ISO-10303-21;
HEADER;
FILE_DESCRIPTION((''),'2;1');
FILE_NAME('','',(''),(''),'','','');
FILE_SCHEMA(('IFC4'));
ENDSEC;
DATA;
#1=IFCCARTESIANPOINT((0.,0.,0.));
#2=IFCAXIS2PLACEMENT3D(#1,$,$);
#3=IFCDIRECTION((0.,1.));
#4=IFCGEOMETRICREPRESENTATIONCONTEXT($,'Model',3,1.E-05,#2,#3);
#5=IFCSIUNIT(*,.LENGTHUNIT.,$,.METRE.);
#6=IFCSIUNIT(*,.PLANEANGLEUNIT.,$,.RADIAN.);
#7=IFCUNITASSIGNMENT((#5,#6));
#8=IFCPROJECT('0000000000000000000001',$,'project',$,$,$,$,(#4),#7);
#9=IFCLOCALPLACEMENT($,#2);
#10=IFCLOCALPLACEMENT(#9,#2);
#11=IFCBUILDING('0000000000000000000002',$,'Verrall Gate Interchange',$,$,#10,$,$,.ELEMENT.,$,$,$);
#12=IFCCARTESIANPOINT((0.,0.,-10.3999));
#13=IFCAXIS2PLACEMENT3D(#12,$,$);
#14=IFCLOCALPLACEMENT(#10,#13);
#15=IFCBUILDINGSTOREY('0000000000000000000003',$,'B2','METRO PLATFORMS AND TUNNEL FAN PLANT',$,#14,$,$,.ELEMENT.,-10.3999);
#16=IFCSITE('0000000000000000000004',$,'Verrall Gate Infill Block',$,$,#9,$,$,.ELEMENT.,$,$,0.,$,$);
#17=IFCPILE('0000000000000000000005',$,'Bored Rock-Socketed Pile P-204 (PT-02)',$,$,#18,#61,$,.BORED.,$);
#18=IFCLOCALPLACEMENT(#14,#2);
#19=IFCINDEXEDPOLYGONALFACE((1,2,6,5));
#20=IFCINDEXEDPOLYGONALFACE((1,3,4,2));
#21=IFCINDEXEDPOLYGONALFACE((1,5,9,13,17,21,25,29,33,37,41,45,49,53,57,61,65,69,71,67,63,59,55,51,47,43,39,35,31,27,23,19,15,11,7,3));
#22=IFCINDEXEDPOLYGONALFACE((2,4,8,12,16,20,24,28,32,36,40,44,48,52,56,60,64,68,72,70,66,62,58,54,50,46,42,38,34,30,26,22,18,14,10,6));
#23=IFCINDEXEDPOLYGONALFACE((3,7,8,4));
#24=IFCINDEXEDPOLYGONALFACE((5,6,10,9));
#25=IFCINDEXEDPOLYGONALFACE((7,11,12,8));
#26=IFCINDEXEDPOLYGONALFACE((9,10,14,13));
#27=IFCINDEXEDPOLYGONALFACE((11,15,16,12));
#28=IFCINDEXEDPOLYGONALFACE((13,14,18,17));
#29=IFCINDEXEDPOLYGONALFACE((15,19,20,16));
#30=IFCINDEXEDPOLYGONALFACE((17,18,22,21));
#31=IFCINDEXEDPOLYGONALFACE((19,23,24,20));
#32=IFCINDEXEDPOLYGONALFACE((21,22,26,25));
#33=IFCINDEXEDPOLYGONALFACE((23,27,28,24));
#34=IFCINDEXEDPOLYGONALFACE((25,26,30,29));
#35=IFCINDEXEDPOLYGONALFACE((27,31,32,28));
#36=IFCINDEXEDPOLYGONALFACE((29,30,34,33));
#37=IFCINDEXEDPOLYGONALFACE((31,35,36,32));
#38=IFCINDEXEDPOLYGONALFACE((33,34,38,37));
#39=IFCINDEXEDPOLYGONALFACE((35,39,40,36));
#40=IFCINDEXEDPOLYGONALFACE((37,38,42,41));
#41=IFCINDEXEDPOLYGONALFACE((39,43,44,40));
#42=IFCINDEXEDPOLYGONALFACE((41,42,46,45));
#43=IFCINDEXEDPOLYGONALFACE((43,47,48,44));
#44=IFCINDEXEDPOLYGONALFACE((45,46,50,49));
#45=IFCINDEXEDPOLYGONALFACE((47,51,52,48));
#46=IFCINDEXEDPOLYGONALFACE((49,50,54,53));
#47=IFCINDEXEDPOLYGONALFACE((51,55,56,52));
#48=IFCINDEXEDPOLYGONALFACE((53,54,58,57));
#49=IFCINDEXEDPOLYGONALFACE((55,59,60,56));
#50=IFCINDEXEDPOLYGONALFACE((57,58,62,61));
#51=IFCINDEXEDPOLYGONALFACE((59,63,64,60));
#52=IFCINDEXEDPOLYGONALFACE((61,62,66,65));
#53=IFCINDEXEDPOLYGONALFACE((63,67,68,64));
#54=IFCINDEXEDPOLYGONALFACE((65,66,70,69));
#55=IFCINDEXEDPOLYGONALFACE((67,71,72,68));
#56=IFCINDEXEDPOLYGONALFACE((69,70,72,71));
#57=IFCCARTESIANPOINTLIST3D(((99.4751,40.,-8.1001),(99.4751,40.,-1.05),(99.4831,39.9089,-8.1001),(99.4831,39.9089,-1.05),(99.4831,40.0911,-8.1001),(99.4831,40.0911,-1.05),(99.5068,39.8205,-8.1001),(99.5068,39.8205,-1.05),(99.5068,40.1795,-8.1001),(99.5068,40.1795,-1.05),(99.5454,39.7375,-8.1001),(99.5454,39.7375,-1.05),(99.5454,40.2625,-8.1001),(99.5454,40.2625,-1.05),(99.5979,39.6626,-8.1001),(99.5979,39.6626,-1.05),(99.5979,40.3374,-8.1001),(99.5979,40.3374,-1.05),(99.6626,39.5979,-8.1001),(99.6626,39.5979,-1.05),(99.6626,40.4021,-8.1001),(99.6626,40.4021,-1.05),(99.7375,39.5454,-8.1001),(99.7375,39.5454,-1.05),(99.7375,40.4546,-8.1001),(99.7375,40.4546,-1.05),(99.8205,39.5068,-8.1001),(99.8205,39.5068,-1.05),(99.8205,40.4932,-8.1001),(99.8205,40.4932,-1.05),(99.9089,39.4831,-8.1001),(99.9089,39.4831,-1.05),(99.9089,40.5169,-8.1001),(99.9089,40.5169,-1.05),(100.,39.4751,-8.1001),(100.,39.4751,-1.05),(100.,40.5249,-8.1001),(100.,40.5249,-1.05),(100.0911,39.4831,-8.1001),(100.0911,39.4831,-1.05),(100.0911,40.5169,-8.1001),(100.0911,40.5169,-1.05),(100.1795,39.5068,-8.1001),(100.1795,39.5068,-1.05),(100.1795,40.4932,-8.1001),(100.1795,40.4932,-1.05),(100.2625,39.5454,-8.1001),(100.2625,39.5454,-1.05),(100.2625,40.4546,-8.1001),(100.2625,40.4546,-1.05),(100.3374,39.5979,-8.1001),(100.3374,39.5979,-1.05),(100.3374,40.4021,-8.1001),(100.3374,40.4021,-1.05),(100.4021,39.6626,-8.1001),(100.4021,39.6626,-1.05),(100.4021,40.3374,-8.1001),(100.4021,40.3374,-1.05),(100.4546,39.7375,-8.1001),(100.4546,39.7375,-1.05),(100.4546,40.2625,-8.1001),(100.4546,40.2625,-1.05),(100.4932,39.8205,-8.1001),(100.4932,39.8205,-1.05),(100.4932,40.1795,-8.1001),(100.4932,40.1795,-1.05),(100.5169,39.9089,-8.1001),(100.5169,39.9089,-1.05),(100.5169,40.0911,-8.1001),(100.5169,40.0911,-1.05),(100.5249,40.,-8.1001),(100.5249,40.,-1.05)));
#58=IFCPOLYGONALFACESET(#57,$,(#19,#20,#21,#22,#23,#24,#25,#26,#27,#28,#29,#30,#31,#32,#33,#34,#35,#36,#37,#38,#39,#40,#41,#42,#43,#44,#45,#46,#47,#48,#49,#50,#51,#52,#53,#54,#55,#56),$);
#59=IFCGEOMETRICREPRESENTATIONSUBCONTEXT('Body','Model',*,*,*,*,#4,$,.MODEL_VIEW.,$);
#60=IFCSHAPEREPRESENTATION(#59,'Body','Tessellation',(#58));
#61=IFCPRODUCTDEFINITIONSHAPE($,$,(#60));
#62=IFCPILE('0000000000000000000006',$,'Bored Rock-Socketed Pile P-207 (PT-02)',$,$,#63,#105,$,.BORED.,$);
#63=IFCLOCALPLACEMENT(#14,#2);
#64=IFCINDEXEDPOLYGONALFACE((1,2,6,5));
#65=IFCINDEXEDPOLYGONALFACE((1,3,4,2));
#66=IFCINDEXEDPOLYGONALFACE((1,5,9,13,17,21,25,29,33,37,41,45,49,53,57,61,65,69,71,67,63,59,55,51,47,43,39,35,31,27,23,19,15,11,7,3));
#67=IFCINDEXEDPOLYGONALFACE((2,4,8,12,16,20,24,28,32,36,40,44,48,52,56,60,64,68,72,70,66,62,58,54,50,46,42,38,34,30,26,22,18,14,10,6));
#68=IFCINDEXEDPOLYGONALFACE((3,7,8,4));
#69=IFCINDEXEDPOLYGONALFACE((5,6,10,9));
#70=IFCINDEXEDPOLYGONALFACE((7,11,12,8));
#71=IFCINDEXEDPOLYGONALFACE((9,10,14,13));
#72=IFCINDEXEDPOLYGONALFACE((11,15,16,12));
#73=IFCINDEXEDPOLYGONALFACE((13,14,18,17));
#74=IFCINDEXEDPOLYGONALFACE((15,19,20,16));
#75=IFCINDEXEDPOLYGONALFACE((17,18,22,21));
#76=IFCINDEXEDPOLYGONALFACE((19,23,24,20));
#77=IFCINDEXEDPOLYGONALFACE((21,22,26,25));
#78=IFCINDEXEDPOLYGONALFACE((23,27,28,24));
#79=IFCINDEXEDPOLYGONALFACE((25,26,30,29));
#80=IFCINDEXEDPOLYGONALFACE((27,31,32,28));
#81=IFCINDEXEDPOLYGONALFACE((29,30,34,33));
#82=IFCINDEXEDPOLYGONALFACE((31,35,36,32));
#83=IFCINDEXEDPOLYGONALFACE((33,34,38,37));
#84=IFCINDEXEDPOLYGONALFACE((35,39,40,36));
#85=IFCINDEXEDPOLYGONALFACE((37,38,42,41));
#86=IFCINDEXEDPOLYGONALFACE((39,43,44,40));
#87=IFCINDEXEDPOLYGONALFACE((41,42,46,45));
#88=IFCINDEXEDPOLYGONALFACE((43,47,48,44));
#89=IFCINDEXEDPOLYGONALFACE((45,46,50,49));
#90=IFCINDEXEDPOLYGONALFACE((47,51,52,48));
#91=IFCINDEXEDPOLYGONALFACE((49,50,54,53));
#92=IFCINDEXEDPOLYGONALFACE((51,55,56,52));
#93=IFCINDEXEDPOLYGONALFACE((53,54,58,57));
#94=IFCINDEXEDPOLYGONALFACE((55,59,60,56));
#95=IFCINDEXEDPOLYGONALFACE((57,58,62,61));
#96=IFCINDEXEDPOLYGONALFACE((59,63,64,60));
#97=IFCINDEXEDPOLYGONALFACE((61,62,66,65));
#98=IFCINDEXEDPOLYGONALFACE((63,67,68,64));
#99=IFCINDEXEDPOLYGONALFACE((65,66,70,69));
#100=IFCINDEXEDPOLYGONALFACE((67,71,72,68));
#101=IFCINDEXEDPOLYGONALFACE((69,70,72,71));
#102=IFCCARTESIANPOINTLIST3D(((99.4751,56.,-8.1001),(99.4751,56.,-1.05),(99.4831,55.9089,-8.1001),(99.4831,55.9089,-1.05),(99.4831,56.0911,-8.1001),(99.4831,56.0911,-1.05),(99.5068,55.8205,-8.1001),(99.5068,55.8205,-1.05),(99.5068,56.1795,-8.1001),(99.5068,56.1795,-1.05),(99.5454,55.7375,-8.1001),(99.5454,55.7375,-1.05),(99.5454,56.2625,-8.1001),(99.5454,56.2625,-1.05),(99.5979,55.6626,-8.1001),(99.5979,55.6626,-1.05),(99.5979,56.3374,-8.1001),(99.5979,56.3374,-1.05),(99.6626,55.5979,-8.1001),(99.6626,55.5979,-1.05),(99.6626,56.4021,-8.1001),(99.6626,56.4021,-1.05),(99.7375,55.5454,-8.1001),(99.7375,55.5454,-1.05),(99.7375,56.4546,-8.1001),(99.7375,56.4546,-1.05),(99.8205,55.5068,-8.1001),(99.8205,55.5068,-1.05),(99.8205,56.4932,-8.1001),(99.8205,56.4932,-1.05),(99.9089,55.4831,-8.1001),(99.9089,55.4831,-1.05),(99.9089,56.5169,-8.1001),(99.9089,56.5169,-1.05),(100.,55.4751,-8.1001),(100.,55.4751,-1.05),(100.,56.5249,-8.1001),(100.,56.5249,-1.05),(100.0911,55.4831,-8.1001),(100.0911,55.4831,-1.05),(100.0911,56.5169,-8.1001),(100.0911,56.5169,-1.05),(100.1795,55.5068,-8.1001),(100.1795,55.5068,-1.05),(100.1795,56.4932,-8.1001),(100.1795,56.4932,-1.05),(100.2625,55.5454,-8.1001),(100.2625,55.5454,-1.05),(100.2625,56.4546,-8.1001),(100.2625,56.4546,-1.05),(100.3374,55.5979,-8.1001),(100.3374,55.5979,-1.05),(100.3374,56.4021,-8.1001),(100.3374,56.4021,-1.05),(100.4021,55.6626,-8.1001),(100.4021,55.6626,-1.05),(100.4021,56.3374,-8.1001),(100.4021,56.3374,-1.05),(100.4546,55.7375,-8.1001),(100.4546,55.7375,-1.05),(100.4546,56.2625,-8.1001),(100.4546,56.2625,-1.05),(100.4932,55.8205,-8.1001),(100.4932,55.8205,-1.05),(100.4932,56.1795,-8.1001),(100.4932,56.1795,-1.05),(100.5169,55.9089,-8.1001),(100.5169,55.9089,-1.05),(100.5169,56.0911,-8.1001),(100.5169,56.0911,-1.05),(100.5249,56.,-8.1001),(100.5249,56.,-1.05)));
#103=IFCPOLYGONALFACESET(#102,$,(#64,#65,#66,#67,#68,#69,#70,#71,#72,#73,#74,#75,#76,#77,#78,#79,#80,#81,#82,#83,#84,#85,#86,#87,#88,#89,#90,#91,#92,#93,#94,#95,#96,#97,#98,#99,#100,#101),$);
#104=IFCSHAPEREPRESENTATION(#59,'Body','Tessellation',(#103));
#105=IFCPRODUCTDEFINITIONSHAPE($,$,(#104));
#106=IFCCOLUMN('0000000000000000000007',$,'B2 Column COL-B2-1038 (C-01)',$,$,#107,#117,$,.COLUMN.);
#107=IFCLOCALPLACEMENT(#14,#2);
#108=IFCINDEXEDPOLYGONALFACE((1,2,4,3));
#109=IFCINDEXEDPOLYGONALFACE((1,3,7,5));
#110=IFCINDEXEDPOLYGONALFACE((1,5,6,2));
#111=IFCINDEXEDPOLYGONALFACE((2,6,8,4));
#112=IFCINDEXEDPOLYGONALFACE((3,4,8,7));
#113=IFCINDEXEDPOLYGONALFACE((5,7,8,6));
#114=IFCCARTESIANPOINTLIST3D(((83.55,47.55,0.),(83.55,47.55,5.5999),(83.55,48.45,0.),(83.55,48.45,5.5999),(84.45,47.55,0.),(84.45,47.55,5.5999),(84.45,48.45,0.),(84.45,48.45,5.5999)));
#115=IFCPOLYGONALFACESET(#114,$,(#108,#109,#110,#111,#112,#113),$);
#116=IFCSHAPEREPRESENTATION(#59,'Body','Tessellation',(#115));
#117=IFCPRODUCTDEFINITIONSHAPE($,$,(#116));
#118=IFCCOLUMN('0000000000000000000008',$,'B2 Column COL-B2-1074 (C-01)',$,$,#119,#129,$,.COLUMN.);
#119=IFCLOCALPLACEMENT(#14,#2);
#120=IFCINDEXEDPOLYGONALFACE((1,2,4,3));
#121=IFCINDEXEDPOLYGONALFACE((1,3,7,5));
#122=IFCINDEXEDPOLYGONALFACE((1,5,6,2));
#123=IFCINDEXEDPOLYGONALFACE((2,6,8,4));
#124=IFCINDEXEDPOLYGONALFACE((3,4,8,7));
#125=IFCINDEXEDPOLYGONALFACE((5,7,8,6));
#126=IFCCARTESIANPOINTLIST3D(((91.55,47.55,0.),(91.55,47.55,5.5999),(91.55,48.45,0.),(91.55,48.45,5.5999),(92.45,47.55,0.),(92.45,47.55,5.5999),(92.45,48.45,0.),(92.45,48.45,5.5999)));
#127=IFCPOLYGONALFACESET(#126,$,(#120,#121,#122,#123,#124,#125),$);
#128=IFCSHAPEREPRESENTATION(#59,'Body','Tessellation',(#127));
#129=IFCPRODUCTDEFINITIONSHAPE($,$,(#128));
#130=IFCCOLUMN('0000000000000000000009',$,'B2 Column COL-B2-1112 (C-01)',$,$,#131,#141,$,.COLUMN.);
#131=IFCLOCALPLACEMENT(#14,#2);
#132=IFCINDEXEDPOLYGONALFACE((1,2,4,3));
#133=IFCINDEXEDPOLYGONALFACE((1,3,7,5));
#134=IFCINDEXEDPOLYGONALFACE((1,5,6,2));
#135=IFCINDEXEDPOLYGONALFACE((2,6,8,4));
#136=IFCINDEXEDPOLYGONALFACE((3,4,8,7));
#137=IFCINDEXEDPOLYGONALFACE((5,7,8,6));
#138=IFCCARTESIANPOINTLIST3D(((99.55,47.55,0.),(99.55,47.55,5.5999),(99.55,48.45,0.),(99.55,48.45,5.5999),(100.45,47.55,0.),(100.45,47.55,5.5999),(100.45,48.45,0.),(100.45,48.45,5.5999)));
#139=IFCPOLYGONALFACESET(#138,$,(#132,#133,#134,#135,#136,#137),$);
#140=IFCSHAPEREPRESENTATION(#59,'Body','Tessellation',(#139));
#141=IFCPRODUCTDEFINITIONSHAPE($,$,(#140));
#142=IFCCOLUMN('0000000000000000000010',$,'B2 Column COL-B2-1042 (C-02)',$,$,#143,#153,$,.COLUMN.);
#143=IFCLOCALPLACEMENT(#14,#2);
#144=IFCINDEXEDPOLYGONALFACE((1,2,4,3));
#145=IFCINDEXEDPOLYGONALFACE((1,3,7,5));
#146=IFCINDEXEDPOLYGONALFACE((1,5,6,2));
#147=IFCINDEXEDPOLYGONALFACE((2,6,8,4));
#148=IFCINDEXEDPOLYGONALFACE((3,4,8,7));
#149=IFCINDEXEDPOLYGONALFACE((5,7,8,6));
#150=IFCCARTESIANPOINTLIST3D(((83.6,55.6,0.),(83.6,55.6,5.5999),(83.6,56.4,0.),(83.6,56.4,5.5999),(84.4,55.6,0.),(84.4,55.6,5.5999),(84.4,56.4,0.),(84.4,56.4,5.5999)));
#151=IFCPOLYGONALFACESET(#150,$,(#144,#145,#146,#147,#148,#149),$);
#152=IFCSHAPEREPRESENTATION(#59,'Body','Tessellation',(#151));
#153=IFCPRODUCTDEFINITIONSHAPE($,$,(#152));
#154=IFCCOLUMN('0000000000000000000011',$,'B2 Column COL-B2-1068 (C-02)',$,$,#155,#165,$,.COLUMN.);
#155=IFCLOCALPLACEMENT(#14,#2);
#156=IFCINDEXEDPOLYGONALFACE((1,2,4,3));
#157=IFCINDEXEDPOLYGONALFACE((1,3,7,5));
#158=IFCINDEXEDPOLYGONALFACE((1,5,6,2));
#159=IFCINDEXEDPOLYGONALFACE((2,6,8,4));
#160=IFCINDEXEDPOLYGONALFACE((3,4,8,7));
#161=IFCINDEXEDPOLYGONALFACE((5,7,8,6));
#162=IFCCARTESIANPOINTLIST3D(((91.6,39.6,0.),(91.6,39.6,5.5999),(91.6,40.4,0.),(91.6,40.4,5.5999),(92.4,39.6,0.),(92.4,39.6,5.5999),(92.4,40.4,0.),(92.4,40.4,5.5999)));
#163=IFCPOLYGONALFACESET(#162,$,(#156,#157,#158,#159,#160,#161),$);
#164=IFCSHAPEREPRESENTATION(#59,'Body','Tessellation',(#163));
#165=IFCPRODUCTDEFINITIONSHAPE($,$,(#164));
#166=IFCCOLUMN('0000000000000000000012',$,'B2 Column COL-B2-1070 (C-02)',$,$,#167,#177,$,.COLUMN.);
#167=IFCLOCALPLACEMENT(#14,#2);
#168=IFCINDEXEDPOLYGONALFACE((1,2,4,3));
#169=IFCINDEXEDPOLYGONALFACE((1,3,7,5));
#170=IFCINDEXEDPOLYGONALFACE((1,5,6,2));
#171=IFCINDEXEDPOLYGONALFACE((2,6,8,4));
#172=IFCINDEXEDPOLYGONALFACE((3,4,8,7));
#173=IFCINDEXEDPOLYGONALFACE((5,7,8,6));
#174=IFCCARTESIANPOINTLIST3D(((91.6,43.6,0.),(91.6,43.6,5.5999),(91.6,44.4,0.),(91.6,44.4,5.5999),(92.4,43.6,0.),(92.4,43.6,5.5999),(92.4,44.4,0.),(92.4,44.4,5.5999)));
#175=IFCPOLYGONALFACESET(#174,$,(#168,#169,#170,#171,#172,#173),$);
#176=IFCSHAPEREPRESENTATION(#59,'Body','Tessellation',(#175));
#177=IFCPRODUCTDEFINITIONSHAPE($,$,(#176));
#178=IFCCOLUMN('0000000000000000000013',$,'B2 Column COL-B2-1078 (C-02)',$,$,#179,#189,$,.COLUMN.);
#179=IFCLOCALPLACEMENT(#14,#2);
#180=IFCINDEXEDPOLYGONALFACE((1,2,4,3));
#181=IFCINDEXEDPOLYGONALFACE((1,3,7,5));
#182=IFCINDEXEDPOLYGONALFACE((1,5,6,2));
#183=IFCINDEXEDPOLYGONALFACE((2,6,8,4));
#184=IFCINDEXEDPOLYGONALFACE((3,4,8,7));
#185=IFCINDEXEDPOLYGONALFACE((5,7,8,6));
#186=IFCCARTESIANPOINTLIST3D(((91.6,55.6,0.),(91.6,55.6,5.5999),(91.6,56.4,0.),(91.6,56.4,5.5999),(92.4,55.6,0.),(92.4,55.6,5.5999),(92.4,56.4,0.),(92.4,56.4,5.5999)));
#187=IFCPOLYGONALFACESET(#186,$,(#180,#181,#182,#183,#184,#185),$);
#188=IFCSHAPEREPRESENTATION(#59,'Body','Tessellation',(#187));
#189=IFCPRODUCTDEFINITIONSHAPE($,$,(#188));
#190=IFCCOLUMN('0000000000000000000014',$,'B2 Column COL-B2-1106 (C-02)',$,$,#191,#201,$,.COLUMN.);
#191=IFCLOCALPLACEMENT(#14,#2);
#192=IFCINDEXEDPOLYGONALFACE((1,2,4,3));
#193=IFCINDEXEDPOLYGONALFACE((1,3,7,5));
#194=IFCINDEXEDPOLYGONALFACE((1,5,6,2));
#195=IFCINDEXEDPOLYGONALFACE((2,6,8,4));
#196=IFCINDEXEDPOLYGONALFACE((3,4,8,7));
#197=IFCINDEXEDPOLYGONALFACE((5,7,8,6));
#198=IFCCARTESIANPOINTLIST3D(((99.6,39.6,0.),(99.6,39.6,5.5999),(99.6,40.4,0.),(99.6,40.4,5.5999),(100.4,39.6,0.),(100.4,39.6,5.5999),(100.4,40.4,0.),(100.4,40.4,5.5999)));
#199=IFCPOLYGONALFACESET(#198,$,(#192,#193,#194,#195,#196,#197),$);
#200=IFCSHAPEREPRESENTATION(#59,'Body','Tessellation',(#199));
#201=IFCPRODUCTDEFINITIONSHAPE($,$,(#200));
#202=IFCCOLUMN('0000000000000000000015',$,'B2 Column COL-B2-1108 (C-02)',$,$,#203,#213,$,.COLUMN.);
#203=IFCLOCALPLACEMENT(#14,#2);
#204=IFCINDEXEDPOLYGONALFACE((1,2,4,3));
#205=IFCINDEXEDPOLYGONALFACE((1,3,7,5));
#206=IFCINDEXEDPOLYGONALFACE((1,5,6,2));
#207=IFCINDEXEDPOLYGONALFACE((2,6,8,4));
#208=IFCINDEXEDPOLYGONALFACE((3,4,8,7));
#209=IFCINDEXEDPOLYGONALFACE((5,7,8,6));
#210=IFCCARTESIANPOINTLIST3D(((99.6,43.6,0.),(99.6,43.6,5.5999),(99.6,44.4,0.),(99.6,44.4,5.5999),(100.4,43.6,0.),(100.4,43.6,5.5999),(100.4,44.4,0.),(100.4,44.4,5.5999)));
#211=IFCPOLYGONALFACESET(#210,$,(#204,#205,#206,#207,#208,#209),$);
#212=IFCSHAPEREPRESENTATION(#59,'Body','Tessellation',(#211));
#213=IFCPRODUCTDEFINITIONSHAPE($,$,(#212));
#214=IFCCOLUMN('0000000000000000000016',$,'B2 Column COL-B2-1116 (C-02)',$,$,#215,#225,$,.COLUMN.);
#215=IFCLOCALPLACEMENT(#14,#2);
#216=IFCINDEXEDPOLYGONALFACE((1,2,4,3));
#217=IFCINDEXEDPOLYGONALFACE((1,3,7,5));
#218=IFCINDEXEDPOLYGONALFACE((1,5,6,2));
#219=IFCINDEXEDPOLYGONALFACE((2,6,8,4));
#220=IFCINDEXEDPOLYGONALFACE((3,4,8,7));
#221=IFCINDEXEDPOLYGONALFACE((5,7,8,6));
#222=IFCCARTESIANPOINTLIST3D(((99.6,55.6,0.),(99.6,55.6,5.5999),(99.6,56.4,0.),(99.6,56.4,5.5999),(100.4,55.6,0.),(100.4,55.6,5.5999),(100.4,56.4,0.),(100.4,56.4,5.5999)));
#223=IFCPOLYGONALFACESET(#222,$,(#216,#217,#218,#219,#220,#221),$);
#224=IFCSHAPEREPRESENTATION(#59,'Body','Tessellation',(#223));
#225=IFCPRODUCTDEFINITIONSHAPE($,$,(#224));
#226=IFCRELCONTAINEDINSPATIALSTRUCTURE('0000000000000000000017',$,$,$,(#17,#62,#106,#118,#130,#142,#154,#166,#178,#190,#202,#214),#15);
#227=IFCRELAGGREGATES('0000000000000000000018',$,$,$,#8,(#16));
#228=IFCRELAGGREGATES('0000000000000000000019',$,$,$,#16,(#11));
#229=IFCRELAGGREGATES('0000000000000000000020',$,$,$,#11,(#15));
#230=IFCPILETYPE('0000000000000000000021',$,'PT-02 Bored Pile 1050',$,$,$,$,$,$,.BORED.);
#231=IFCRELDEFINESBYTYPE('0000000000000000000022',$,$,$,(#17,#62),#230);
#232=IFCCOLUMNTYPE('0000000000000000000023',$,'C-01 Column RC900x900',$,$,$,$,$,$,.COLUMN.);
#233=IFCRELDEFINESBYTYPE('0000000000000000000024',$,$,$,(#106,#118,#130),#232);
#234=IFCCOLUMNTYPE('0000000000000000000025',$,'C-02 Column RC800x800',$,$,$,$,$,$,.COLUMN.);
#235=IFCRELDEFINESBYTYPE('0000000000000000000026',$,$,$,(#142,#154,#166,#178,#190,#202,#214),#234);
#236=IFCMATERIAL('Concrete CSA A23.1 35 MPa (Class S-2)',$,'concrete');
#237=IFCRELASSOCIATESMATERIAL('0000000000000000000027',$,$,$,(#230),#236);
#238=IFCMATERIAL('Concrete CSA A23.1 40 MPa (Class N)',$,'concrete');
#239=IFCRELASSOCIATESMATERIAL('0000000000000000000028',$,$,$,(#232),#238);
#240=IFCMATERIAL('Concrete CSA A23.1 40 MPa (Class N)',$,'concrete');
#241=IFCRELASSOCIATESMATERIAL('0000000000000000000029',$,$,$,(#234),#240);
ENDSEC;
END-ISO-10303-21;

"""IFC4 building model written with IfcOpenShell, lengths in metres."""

from ifc_helpers import new_model, si_unit, direction, frame, origin, origin_2d, place, context, subcontext, project, spatial, rectangle, circle, extrude, material, material_profile, profile_set, type_object, element, save


model = new_model("IFC4")

# Units and contexts
model_context = context("Model", 3, precision=1e-05, world=origin(), true_north=direction((0.0, 1.0)))
body_context = subcontext(model_context, "Body", "Model", "MODEL_VIEW")
ifc_project = project(units=[si_unit("LENGTHUNIT", "METRE"), si_unit("PLANEANGLEUNIT", "RADIAN")], contexts=[model_context])

# Site, building, storey
site_placement = place(None, origin())
site = spatial("IfcSite", under=ifc_project, at=site_placement, Name="Verrall Gate Infill Block", CompositionType="ELEMENT", RefElevation=0.0)
building_placement = place(site_placement, origin())
building = spatial("IfcBuilding", under=site, at=building_placement, Name="Verrall Gate Interchange", CompositionType="ELEMENT")
storey_placement = place(building_placement, frame((0.0, 0.0, -10.3999)))
storey = spatial("IfcBuildingStorey", under=building, at=storey_placement, Name="B2", Description="METRO PLATFORMS AND TUNNEL FAN PLANT", CompositionType="ELEMENT", Elevation=-10.3999)

# Piles
ifc_material_1 = material(Name="Concrete CSA A23.1 35 MPa (Class S-2)", Category="concrete")
ifc_material_profile_1 = material_profile(ifc_material_1, circle(Radius=0.5249, at=origin_2d()), Name="PILE1050D")
ifc_profile_set_1 = profile_set([ifc_material_profile_1], Name="Concrete CSA A23.1 35 MPa (Class S-2)")
pile_type_1 = type_object("IfcPileType", Name="PT-02 Bored Pile 1050", PredefinedType="BORED", material=ifc_profile_set_1)
for number, where, z_axis, x_axis, name in (
    (1, (100.0, 40.0, -1.05), (0.0, 0.0, -1.0), (1.0, 0.0, 0.0), "Bored Rock-Socketed Pile P-204 (PT-02)"),
    (2, (100.0, 56.0, -1.05), (0.0, 0.0, -1.0), (1.0, 0.0, 0.0), "Bored Rock-Socketed Pile P-207 (PT-02)"),
):
    element("IfcPile", number, at=place(storey_placement, frame(where, z_axis=z_axis, x_axis=x_axis)), inside=storey, type_object=pile_type_1, Name=name, PredefinedType="BORED", context=body_context, shape_type="SweptSolid", body=[
        extrude(circle(Radius=0.5249, at=origin_2d()), origin(), (0.0, 0.0, 1.0), 7.05),
    ])

# Columns
ifc_material_2 = material(Name="Concrete CSA A23.1 40 MPa (Class N)", Category="concrete")
ifc_material_profile_2 = material_profile(ifc_material_2, rectangle(XDim=0.8999, YDim=0.8999, at=origin_2d()), Name="RC900x900")
ifc_profile_set_2 = profile_set([ifc_material_profile_2], Name="Concrete CSA A23.1 40 MPa (Class N)")
column_type_1 = type_object("IfcColumnType", Name="C-01 Column RC900x900", PredefinedType="COLUMN", material=ifc_profile_set_2)
for number, where, z_axis, x_axis, name in (
    (3, (84.0, 48.0, 0.0), (0.0, 0.0, 1.0), (1.0, 0.0, 0.0), "B2 Column COL-B2-1038 (C-01)"),
    (4, (92.0, 48.0, 0.0), (0.0, 0.0, 1.0), (1.0, 0.0, 0.0), "B2 Column COL-B2-1074 (C-01)"),
    (5, (100.0, 48.0, 0.0), (0.0, 0.0, 1.0), (1.0, 0.0, 0.0), "B2 Column COL-B2-1112 (C-01)"),
):
    element("IfcColumn", number, at=place(storey_placement, frame(where, z_axis=z_axis, x_axis=x_axis)), inside=storey, type_object=column_type_1, Name=name, PredefinedType="COLUMN", context=body_context, shape_type="SweptSolid", body=[
        extrude(rectangle(XDim=0.8999, YDim=0.8999, at=origin_2d()), origin(), (0.0, 0.0, 1.0), 5.5999),
    ])
ifc_material_3 = material(Name="Concrete CSA A23.1 40 MPa (Class N)", Category="concrete")
ifc_material_profile_3 = material_profile(ifc_material_3, rectangle(XDim=0.8, YDim=0.8, at=origin_2d()), Name="RC800x800")
ifc_profile_set_3 = profile_set([ifc_material_profile_3], Name="Concrete CSA A23.1 40 MPa (Class N)")
column_type_2 = type_object("IfcColumnType", Name="C-02 Column RC800x800", PredefinedType="COLUMN", material=ifc_profile_set_3)
for number, where, z_axis, x_axis, name in (
    (6, (84.0, 56.0, 0.0), (0.0, 0.0, 1.0), (1.0, 0.0, 0.0), "B2 Column COL-B2-1042 (C-02)"),
    (7, (92.0, 40.0, 0.0), (0.0, 0.0, 1.0), (1.0, 0.0, 0.0), "B2 Column COL-B2-1068 (C-02)"),
    (8, (92.0, 44.0, 0.0), (0.0, 0.0, 1.0), (1.0, 0.0, 0.0), "B2 Column COL-B2-1070 (C-02)"),
    (9, (92.0, 56.0, 0.0), (0.0, 0.0, 1.0), (1.0, 0.0, 0.0), "B2 Column COL-B2-1078 (C-02)"),
    (10, (100.0, 40.0, 0.0), (0.0, 0.0, 1.0), (1.0, 0.0, 0.0), "B2 Column COL-B2-1106 (C-02)"),
    (11, (100.0, 44.0, 0.0), (0.0, 0.0, 1.0), (1.0, 0.0, 0.0), "B2 Column COL-B2-1108 (C-02)"),
    (12, (100.0, 56.0, 0.0), (0.0, 0.0, 1.0), (1.0, 0.0, 0.0), "B2 Column COL-B2-1116 (C-02)"),
):
    element("IfcColumn", number, at=place(storey_placement, frame(where, z_axis=z_axis, x_axis=x_axis)), inside=storey, type_object=column_type_2, Name=name, PredefinedType="COLUMN", context=body_context, shape_type="SweptSolid", body=[
        extrude(rectangle(XDim=0.8, YDim=0.8, at=origin_2d()), origin(), (0.0, 0.0, 1.0), 5.5999),
    ])

save(model, "model.ifc")
